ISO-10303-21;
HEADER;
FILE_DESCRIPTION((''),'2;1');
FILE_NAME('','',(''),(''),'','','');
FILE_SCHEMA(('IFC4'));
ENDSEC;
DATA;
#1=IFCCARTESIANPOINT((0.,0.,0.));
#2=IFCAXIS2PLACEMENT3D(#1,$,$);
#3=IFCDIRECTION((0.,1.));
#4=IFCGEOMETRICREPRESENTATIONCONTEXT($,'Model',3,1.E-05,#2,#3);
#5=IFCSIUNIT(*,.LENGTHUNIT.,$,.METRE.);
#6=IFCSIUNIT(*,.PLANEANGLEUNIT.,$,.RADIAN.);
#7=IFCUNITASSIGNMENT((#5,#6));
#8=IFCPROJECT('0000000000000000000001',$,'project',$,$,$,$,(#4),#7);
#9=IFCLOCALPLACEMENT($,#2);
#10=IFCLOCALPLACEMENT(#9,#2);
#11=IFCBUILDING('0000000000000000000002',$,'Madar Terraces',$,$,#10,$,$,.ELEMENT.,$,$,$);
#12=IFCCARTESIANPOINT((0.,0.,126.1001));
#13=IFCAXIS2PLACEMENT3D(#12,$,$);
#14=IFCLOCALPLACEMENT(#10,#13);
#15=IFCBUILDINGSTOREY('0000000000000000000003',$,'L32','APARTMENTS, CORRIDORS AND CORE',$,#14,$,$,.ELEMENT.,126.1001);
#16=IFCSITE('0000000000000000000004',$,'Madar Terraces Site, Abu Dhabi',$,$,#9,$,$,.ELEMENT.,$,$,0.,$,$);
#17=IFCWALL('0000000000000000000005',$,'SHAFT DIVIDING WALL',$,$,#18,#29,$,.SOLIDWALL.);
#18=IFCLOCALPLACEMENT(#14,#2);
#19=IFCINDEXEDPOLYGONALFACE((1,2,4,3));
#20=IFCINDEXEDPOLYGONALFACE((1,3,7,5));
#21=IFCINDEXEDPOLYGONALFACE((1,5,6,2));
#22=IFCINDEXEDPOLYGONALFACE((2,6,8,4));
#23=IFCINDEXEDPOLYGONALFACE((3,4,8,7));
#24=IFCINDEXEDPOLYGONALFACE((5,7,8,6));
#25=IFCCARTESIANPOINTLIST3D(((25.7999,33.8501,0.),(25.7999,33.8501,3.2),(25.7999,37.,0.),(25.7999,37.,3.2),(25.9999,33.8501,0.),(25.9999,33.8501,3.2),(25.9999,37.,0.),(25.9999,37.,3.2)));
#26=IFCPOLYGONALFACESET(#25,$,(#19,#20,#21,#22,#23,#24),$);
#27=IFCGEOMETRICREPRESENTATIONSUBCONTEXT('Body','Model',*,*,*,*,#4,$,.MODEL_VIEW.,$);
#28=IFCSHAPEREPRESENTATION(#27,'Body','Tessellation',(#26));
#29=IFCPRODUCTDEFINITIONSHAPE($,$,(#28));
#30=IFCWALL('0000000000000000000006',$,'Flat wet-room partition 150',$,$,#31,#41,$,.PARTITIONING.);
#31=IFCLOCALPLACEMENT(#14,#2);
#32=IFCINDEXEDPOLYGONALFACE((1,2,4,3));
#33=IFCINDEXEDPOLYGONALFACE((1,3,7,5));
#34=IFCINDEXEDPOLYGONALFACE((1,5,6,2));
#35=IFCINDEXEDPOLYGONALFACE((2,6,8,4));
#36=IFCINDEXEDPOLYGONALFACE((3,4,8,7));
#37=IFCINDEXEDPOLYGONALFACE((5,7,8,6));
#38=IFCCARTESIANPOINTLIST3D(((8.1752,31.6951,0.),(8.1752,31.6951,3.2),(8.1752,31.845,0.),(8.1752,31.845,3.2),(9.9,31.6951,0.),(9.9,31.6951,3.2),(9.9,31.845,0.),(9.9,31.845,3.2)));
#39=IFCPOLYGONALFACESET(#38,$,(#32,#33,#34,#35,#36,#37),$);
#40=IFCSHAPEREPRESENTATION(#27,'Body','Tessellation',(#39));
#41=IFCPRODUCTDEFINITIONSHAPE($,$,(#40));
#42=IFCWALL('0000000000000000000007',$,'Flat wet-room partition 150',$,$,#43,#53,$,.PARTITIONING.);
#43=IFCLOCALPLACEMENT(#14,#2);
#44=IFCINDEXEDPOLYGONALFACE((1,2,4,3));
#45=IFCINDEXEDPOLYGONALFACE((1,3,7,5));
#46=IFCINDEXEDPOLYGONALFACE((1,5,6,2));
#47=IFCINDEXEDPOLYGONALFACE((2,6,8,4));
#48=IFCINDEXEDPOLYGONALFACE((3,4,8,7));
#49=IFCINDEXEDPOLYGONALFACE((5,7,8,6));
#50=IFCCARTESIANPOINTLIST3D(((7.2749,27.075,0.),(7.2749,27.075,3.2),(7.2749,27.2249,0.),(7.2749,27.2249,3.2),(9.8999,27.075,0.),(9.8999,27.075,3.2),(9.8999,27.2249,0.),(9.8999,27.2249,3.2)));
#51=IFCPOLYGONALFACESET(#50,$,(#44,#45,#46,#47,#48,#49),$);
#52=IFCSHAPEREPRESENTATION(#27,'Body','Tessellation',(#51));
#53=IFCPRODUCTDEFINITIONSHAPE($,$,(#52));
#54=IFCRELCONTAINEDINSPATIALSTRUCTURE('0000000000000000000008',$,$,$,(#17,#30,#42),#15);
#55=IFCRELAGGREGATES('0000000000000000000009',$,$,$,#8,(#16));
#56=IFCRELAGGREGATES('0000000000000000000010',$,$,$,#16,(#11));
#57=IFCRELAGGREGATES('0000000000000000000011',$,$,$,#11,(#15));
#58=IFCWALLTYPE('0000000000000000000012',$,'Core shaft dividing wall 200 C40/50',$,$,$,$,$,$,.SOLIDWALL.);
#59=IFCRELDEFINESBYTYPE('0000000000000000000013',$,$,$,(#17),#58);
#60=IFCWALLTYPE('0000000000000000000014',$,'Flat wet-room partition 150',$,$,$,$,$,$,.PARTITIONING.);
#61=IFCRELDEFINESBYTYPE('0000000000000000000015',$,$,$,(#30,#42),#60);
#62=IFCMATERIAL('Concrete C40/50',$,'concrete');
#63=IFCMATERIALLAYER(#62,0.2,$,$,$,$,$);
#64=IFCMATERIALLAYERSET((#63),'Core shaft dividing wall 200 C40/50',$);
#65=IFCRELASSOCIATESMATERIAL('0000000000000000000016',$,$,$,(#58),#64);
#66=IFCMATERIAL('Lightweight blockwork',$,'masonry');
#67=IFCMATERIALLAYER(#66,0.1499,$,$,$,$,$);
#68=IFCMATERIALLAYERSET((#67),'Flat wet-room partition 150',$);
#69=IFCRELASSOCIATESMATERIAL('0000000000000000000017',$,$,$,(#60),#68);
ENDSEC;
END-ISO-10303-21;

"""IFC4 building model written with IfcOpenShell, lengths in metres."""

from ifc_helpers import new_model, si_unit, direction, frame, frame_2d, origin, place, context, subcontext, project, spatial, rectangle, extrude, material, layer, layer_set, type_object, element, save


model = new_model("IFC4")

# Units and contexts
model_context = context("Model", 3, precision=1e-05, world=origin(), true_north=direction((0.0, 1.0)))
body_context = subcontext(model_context, "Body", "Model", "MODEL_VIEW")
ifc_project = project(units=[si_unit("LENGTHUNIT", "METRE"), si_unit("PLANEANGLEUNIT", "RADIAN")], contexts=[model_context])

# Site, building, storey
site_placement = place(None, origin())
site = spatial("IfcSite", under=ifc_project, at=site_placement, Name="Madar Terraces Site, Abu Dhabi", CompositionType="ELEMENT", RefElevation=0.0)
building_placement = place(site_placement, origin())
building = spatial("IfcBuilding", under=site, at=building_placement, Name="Madar Terraces", CompositionType="ELEMENT")
storey_placement = place(building_placement, frame((0.0, 0.0, 126.1001)))
storey = spatial("IfcBuildingStorey", under=building, at=storey_placement, Name="L32", Description="APARTMENTS, CORRIDORS AND CORE", CompositionType="ELEMENT", Elevation=126.1001)

# Walls
ifc_material_1 = material(Name="Concrete C40/50", Category="concrete")
ifc_layer_1 = layer(ifc_material_1, 0.2)
ifc_layer_set_1 = layer_set([ifc_layer_1], Name="Core shaft dividing wall 200 C40/50")
wall_type_1 = type_object("IfcWallType", Name="Core shaft dividing wall 200 C40/50", PredefinedType="SOLIDWALL", material=ifc_layer_set_1)
wall_1_placement = place(storey_placement, frame((25.8999, 33.8501, 0.0), z_axis=(0.0, 0.0, 1.0), x_axis=(0.0, 1.0, 0.0)))
element("IfcWall", 1, at=wall_1_placement, inside=storey, type_object=wall_type_1, Name="SHAFT DIVIDING WALL", PredefinedType="SOLIDWALL", context=body_context, shape_type="SweptSolid", body=[
    extrude(rectangle(XDim=3.1499, YDim=0.2, at=frame_2d((1.575, 0.0))), origin(), (0.0, 0.0, 1.0), 3.2),
])
ifc_material_2 = material(Name="Lightweight blockwork", Category="masonry")
ifc_layer_2 = layer(ifc_material_2, 0.1499)
ifc_layer_set_2 = layer_set([ifc_layer_2], Name="Flat wet-room partition 150")
wall_type_2 = type_object("IfcWallType", Name="Flat wet-room partition 150", PredefinedType="PARTITIONING", material=ifc_layer_set_2)
wall_2_placement = place(storey_placement, frame((9.8999, 31.77, 0.0), z_axis=(0.0, 0.0, 1.0), x_axis=(-1.0, 0.0, 0.0)))
element("IfcWall", 2, at=wall_2_placement, inside=storey, type_object=wall_type_2, Name="Flat wet-room partition 150", PredefinedType="PARTITIONING", context=body_context, shape_type="SweptSolid", body=[
    extrude(rectangle(XDim=1.7249, YDim=0.1499, at=frame_2d((0.8623, 0.0))), origin(), (0.0, 0.0, 1.0), 3.2),
])
wall_3_placement = place(storey_placement, frame((9.8999, 27.1499, 0.0), z_axis=(0.0, 0.0, 1.0), x_axis=(-1.0, 0.0, 0.0)))
element("IfcWall", 3, at=wall_3_placement, inside=storey, type_object=wall_type_2, Name="Flat wet-room partition 150", PredefinedType="PARTITIONING", context=body_context, shape_type="SweptSolid", body=[
    extrude(rectangle(XDim=2.625, YDim=0.1499, at=frame_2d((1.3125, 0.0))), origin(), (0.0, 0.0, 1.0), 3.2),
])

save(model, "model.ifc")
